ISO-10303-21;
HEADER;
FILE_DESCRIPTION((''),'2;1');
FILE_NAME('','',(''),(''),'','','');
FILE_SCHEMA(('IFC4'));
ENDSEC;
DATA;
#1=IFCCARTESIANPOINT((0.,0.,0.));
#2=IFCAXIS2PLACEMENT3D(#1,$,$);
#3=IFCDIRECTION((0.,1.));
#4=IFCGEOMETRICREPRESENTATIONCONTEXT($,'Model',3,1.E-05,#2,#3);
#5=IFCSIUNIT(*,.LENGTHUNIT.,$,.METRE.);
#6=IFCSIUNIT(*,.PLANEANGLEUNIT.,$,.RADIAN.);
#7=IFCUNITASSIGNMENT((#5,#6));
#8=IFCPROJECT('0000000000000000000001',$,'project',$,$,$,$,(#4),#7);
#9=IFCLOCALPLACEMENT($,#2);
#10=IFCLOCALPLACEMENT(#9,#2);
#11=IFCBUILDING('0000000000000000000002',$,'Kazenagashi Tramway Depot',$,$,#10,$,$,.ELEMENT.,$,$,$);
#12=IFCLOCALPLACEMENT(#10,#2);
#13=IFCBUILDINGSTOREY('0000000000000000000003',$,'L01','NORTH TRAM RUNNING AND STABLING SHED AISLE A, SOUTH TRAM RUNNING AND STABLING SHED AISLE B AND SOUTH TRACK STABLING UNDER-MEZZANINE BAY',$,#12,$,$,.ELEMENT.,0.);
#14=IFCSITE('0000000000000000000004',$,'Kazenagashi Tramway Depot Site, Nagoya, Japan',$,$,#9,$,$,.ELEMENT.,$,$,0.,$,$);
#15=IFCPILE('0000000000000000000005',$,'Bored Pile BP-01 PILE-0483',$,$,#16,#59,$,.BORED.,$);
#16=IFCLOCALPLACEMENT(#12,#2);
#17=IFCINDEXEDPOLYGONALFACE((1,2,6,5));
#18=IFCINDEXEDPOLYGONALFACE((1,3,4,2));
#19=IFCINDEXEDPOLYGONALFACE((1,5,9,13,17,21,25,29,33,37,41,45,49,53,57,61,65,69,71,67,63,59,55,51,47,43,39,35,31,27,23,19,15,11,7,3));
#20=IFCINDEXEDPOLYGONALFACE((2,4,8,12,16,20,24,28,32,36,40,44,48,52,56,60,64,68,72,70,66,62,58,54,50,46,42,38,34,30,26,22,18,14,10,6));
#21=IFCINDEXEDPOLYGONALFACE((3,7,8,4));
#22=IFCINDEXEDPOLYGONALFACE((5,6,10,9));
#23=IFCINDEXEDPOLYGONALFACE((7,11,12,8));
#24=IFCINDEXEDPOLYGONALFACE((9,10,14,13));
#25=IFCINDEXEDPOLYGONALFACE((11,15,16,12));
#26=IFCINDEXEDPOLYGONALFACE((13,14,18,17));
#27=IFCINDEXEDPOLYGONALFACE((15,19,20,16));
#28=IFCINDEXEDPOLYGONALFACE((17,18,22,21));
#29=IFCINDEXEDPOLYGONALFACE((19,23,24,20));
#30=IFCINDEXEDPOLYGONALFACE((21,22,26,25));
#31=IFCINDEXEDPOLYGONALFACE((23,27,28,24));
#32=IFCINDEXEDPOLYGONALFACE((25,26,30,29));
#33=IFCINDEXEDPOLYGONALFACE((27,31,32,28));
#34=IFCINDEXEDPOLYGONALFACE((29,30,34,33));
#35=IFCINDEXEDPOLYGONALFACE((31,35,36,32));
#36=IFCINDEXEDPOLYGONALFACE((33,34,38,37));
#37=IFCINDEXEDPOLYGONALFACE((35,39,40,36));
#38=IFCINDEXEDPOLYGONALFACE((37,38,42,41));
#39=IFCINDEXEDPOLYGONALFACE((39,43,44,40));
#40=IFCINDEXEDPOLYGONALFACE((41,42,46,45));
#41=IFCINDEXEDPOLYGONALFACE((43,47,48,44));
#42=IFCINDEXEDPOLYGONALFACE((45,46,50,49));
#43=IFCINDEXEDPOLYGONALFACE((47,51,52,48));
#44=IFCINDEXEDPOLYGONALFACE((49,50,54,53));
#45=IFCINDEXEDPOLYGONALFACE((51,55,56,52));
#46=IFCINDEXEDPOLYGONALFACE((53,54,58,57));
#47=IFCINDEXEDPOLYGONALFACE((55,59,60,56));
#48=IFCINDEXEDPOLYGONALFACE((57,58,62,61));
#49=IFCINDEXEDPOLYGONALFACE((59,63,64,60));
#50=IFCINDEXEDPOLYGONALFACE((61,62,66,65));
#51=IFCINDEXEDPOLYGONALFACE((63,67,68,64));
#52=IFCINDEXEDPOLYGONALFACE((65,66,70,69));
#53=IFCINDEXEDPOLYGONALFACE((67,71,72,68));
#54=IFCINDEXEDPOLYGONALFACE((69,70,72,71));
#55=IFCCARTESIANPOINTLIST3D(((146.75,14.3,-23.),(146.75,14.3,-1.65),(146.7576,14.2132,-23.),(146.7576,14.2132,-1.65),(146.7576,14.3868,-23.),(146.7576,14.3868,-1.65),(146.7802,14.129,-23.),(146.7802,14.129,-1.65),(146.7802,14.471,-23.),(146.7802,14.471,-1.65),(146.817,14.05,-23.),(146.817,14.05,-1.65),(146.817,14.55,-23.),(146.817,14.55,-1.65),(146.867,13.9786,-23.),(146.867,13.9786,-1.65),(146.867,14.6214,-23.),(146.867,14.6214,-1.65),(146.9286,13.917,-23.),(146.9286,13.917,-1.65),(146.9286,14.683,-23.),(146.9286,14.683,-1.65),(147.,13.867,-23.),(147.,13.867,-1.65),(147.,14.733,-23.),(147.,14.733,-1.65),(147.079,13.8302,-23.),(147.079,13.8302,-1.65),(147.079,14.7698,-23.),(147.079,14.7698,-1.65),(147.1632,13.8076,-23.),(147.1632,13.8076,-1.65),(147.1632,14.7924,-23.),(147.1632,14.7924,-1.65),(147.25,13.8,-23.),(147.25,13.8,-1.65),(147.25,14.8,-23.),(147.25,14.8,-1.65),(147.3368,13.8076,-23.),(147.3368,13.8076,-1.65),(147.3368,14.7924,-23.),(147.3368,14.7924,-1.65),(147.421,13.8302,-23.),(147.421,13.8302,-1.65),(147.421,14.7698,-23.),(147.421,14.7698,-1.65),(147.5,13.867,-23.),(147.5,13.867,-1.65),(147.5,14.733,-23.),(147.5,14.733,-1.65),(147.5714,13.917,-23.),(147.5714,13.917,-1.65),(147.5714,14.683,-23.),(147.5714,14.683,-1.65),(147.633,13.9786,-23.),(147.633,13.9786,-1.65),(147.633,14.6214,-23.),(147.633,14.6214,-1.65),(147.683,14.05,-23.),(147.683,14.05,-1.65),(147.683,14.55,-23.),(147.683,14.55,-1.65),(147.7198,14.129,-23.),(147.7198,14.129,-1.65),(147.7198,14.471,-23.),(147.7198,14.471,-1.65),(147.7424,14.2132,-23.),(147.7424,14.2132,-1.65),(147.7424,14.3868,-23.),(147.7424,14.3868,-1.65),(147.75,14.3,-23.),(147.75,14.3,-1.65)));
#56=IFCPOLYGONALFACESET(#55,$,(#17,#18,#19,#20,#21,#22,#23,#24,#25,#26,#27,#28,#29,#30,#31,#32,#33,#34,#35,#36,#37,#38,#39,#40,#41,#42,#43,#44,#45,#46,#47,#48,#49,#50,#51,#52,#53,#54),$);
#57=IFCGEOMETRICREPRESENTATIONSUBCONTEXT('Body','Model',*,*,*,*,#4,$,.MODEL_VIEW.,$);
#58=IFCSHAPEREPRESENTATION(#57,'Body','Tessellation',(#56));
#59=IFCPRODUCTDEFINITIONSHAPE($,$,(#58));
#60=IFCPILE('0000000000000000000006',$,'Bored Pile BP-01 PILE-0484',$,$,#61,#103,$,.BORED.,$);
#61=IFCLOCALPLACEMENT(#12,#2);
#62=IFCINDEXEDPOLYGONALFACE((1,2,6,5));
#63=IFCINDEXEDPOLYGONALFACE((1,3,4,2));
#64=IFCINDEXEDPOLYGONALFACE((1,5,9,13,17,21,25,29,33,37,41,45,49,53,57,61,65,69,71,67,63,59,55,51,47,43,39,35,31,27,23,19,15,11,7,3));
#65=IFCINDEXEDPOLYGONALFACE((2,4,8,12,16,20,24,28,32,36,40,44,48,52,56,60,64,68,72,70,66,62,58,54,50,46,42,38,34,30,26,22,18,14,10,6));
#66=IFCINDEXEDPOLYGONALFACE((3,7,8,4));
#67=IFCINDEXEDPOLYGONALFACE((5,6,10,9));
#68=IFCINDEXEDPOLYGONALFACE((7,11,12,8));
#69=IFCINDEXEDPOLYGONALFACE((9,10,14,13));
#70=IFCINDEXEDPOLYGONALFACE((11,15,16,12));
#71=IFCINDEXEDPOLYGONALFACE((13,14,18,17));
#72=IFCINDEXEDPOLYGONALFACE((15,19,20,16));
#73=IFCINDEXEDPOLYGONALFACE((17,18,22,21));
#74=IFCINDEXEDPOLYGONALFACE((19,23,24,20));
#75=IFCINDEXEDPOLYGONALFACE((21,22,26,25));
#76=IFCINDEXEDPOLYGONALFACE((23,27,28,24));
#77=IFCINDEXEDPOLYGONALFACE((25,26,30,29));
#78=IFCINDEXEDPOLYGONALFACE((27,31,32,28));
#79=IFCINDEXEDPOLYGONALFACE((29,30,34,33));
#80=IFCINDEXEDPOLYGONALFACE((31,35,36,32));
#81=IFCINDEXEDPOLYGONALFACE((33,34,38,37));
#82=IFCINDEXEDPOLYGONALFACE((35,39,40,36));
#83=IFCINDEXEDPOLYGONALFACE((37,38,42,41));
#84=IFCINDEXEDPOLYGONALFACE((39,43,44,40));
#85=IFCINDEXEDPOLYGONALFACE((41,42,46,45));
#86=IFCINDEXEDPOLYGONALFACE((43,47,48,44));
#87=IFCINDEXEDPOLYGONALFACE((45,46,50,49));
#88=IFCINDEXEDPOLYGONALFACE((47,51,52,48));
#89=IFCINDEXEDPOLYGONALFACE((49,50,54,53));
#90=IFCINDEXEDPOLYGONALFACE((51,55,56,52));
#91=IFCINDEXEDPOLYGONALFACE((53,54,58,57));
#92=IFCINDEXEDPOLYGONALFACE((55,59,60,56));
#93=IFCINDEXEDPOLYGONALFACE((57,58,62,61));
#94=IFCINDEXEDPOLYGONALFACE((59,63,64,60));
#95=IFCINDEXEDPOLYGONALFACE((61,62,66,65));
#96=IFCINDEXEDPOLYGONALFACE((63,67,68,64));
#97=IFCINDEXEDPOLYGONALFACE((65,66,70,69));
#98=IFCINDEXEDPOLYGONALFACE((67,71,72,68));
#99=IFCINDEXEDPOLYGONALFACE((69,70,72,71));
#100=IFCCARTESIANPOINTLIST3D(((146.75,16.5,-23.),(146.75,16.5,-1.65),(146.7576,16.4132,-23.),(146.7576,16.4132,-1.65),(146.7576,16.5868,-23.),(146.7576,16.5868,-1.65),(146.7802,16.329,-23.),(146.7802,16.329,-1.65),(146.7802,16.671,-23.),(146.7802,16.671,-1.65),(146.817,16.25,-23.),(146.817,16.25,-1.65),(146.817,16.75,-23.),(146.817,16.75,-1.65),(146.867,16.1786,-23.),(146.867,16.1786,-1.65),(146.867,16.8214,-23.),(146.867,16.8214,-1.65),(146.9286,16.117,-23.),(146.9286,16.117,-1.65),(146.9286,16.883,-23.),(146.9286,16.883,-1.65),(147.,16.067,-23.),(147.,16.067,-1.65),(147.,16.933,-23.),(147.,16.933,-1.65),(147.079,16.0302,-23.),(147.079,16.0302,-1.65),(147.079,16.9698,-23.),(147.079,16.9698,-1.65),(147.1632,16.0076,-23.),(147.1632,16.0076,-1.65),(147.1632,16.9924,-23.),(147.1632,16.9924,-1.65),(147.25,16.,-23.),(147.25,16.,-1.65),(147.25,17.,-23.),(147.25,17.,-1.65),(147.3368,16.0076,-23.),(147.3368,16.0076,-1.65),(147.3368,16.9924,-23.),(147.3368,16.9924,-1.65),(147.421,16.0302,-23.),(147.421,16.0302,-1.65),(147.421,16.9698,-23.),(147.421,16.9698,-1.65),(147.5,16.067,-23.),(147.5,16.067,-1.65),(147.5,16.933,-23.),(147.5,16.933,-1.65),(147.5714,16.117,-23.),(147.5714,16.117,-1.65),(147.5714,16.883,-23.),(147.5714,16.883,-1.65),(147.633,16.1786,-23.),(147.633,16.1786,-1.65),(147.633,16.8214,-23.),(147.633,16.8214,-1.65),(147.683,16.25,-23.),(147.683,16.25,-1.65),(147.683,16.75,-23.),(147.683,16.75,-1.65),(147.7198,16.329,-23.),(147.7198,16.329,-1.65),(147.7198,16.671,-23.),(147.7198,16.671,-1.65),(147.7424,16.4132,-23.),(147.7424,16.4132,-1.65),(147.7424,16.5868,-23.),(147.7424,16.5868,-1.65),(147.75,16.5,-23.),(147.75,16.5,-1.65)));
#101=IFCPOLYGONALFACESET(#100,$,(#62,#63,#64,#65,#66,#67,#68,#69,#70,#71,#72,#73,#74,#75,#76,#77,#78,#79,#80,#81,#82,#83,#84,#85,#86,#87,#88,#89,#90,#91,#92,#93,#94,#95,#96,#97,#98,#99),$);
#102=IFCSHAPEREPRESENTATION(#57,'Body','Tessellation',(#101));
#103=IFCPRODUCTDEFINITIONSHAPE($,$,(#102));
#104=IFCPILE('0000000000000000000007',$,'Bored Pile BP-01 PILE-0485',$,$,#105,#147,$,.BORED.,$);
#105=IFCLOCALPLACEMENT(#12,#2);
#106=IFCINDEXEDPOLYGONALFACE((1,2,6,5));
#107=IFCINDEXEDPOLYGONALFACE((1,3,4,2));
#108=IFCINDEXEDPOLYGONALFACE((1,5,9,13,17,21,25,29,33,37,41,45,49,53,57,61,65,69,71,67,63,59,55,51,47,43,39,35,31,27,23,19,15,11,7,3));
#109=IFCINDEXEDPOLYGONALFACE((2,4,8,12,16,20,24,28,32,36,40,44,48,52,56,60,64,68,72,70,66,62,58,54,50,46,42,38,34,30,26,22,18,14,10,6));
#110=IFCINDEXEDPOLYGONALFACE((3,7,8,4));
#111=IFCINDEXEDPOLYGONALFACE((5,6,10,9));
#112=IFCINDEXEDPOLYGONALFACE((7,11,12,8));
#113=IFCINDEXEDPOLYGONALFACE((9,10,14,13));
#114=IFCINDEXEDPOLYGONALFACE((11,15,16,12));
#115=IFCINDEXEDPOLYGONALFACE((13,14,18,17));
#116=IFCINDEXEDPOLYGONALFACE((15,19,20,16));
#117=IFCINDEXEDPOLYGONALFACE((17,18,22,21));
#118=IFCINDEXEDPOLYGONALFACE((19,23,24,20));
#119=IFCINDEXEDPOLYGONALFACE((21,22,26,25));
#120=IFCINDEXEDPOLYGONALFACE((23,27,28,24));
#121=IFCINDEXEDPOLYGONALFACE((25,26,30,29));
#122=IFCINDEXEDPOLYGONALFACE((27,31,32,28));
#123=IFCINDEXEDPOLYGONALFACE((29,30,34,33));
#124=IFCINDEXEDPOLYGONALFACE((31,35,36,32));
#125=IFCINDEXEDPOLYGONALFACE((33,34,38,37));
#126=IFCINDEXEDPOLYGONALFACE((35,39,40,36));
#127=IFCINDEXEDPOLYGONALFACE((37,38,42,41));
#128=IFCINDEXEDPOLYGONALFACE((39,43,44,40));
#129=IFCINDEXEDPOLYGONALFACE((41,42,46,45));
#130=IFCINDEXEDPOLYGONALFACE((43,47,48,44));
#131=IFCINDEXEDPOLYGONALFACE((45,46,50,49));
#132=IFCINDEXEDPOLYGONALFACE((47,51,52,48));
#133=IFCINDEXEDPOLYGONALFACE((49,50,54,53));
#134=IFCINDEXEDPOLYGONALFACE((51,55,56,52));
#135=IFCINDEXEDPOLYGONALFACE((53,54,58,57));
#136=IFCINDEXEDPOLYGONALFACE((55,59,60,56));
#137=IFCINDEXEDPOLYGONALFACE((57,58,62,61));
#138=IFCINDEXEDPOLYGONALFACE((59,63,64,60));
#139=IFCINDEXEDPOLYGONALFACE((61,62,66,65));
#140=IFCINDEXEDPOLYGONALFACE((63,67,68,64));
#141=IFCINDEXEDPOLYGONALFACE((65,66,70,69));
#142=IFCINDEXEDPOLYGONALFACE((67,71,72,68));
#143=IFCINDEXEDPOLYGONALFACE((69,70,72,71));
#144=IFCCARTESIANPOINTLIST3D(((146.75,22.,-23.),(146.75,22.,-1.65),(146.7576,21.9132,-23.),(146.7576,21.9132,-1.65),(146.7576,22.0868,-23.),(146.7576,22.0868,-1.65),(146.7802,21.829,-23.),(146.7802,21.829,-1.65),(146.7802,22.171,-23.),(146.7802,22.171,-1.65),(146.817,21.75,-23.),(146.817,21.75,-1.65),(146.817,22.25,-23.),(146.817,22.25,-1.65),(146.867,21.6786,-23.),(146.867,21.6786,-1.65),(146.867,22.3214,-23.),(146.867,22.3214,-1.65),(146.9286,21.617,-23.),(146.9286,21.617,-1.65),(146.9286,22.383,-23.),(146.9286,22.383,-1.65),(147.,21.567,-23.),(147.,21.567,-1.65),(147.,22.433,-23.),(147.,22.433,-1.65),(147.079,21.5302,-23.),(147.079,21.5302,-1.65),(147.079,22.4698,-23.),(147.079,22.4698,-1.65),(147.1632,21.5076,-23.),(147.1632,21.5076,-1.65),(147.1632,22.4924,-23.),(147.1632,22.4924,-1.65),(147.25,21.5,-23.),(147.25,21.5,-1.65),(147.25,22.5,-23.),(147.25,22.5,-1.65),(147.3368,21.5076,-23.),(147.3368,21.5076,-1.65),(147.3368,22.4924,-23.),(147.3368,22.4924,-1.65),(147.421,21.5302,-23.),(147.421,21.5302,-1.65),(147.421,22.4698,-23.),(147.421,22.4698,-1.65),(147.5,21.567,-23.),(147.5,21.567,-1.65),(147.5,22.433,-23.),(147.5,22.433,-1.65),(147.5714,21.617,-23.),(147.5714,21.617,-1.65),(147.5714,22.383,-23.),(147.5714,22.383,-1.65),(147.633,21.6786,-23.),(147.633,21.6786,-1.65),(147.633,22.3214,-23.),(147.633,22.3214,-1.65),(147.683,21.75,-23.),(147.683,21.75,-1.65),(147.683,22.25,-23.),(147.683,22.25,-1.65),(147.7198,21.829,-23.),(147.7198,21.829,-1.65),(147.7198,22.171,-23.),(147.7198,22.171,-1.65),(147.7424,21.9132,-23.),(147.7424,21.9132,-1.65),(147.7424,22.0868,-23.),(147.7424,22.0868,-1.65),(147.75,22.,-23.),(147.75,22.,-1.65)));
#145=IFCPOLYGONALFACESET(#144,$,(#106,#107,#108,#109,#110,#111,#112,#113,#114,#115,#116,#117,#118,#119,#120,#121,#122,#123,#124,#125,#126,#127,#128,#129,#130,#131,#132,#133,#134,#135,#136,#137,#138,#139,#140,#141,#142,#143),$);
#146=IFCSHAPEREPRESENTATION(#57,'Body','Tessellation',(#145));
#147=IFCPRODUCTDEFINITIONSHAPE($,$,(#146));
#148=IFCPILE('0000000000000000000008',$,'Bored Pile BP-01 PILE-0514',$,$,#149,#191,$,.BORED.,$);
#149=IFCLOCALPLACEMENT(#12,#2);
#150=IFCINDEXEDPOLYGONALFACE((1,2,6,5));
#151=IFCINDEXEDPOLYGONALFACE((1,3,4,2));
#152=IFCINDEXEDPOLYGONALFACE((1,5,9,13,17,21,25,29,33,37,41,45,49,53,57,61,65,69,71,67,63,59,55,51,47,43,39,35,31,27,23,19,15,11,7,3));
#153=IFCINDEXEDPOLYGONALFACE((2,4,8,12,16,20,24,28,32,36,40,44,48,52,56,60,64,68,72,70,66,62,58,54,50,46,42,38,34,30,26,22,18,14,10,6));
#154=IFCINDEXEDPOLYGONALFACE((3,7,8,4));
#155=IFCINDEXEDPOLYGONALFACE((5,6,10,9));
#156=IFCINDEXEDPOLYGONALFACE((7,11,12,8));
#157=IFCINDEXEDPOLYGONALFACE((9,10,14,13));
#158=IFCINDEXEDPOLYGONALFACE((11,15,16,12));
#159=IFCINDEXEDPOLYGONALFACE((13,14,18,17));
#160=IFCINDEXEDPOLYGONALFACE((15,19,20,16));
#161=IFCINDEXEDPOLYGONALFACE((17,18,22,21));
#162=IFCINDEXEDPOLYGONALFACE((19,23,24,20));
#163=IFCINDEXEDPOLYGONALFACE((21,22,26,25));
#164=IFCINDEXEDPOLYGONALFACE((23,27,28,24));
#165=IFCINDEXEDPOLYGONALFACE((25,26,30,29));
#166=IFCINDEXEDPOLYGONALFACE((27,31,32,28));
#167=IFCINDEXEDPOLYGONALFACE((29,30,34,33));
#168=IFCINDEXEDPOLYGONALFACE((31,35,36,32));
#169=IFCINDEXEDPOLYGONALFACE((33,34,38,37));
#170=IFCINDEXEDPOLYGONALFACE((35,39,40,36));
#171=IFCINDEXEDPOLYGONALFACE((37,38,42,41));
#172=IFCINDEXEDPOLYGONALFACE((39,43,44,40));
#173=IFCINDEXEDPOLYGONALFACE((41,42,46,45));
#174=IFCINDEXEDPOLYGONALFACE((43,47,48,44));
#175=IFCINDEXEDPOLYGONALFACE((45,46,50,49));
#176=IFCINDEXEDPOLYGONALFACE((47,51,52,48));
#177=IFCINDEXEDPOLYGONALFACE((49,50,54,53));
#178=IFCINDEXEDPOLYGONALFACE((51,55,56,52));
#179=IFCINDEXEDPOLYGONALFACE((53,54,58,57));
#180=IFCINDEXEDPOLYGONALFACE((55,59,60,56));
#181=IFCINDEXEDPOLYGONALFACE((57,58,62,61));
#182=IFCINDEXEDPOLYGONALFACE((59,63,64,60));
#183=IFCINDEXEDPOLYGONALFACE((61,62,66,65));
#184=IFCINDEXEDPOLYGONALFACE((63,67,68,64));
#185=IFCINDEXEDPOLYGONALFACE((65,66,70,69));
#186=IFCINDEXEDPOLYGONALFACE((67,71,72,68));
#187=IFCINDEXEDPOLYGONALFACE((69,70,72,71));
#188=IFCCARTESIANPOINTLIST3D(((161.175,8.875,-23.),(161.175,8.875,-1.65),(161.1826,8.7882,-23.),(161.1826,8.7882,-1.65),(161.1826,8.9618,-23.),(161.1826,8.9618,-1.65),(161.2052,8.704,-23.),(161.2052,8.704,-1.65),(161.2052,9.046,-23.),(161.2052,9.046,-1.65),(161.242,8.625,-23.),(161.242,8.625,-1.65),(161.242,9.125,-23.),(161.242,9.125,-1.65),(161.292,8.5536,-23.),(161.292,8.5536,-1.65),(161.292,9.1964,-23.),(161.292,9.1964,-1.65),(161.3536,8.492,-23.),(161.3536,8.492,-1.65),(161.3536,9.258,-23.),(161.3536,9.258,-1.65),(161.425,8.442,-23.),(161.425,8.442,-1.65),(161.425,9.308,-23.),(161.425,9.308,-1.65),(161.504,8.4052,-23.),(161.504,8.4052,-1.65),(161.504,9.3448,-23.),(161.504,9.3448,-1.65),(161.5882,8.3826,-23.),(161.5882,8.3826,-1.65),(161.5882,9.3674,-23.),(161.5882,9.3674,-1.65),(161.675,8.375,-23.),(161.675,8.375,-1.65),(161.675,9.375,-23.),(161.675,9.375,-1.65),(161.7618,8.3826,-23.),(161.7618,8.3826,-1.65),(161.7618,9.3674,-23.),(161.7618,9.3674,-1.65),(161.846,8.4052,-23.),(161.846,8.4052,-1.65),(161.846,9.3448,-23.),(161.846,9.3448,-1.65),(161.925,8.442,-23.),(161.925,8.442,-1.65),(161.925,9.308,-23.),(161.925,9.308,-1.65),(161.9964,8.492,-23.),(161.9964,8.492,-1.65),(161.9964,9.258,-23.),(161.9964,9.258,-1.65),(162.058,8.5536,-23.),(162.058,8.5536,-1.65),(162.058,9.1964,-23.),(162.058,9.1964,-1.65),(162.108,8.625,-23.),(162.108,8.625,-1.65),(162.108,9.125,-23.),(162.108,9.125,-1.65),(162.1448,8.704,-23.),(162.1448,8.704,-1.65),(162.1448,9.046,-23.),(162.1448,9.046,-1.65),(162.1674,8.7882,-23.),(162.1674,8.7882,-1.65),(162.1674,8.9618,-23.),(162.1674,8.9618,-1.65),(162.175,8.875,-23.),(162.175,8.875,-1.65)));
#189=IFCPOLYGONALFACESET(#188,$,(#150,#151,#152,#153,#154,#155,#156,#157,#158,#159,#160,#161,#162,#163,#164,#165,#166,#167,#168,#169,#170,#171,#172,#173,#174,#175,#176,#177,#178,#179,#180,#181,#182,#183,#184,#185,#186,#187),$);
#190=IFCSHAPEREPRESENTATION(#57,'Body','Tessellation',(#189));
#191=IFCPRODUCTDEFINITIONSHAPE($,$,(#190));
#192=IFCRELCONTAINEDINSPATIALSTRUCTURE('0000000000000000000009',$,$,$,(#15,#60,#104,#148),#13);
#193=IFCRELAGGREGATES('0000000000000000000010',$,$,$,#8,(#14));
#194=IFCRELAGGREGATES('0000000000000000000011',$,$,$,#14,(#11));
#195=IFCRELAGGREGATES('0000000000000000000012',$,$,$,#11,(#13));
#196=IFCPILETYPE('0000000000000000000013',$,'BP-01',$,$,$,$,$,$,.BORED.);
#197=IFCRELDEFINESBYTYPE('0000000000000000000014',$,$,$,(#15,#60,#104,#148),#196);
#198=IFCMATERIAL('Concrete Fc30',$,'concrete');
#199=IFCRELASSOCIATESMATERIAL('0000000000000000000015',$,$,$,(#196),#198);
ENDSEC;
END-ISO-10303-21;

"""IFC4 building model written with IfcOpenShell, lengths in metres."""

from ifc_helpers import new_model, si_unit, direction, frame, origin, origin_2d, place, context, subcontext, project, spatial, circle, extrude, material, material_profile, profile_set, type_object, element, save


model = new_model("IFC4")

# Units and contexts
model_context = context("Model", 3, precision=1e-05, world=origin(), true_north=direction((0.0, 1.0)))
body_context = subcontext(model_context, "Body", "Model", "MODEL_VIEW")
ifc_project = project(units=[si_unit("LENGTHUNIT", "METRE"), si_unit("PLANEANGLEUNIT", "RADIAN")], contexts=[model_context])

# Site, building, storey
site_placement = place(None, origin())
site = spatial("IfcSite", under=ifc_project, at=site_placement, Name="Kazenagashi Tramway Depot Site, Nagoya, Japan", CompositionType="ELEMENT", RefElevation=0.0)
building_placement = place(site_placement, origin())
building = spatial("IfcBuilding", under=site, at=building_placement, Name="Kazenagashi Tramway Depot", CompositionType="ELEMENT")
storey_placement = place(building_placement, origin())
storey = spatial("IfcBuildingStorey", under=building, at=storey_placement, Name="L01", Description="NORTH TRAM RUNNING AND STABLING SHED AISLE A, SOUTH TRAM RUNNING AND STABLING SHED AISLE B AND SOUTH TRACK STABLING UNDER-MEZZANINE BAY", CompositionType="ELEMENT", Elevation=0.0)

# Piles
ifc_material_1 = material(Name="Concrete Fc30", Category="concrete")
ifc_material_profile_1 = material_profile(ifc_material_1, circle(Radius=0.5, at=origin_2d()), Name="PILE-1000")
ifc_profile_set_1 = profile_set([ifc_material_profile_1], Name="Concrete Fc30")
pile_type = type_object("IfcPileType", Name="BP-01", PredefinedType="BORED", material=ifc_profile_set_1)
for number, where, z_axis, x_axis, name in (
    (1, (147.25, 14.3, -1.65), (0.0, 0.0, -1.0), (1.0, 0.0, 0.0), "Bored Pile BP-01 PILE-0483"),
    (2, (147.25, 16.5, -1.65), (0.0, 0.0, -1.0), (1.0, 0.0, 0.0), "Bored Pile BP-01 PILE-0484"),
    (3, (147.25, 22.0, -1.65), (0.0, 0.0, -1.0), (1.0, 0.0, 0.0), "Bored Pile BP-01 PILE-0485"),
    (4, (161.675, 8.875, -1.65), (0.0, 0.0, -1.0), (1.0, 0.0, 0.0), "Bored Pile BP-01 PILE-0514"),
):
    element("IfcPile", number, at=place(storey_placement, frame(where, z_axis=z_axis, x_axis=x_axis)), inside=storey, type_object=pile_type, Name=name, PredefinedType="BORED", context=body_context, shape_type="SweptSolid", body=[
        extrude(circle(Radius=0.5, at=origin_2d()), origin(), (0.0, 0.0, 1.0), 21.35),
    ])

save(model, "model.ifc")
